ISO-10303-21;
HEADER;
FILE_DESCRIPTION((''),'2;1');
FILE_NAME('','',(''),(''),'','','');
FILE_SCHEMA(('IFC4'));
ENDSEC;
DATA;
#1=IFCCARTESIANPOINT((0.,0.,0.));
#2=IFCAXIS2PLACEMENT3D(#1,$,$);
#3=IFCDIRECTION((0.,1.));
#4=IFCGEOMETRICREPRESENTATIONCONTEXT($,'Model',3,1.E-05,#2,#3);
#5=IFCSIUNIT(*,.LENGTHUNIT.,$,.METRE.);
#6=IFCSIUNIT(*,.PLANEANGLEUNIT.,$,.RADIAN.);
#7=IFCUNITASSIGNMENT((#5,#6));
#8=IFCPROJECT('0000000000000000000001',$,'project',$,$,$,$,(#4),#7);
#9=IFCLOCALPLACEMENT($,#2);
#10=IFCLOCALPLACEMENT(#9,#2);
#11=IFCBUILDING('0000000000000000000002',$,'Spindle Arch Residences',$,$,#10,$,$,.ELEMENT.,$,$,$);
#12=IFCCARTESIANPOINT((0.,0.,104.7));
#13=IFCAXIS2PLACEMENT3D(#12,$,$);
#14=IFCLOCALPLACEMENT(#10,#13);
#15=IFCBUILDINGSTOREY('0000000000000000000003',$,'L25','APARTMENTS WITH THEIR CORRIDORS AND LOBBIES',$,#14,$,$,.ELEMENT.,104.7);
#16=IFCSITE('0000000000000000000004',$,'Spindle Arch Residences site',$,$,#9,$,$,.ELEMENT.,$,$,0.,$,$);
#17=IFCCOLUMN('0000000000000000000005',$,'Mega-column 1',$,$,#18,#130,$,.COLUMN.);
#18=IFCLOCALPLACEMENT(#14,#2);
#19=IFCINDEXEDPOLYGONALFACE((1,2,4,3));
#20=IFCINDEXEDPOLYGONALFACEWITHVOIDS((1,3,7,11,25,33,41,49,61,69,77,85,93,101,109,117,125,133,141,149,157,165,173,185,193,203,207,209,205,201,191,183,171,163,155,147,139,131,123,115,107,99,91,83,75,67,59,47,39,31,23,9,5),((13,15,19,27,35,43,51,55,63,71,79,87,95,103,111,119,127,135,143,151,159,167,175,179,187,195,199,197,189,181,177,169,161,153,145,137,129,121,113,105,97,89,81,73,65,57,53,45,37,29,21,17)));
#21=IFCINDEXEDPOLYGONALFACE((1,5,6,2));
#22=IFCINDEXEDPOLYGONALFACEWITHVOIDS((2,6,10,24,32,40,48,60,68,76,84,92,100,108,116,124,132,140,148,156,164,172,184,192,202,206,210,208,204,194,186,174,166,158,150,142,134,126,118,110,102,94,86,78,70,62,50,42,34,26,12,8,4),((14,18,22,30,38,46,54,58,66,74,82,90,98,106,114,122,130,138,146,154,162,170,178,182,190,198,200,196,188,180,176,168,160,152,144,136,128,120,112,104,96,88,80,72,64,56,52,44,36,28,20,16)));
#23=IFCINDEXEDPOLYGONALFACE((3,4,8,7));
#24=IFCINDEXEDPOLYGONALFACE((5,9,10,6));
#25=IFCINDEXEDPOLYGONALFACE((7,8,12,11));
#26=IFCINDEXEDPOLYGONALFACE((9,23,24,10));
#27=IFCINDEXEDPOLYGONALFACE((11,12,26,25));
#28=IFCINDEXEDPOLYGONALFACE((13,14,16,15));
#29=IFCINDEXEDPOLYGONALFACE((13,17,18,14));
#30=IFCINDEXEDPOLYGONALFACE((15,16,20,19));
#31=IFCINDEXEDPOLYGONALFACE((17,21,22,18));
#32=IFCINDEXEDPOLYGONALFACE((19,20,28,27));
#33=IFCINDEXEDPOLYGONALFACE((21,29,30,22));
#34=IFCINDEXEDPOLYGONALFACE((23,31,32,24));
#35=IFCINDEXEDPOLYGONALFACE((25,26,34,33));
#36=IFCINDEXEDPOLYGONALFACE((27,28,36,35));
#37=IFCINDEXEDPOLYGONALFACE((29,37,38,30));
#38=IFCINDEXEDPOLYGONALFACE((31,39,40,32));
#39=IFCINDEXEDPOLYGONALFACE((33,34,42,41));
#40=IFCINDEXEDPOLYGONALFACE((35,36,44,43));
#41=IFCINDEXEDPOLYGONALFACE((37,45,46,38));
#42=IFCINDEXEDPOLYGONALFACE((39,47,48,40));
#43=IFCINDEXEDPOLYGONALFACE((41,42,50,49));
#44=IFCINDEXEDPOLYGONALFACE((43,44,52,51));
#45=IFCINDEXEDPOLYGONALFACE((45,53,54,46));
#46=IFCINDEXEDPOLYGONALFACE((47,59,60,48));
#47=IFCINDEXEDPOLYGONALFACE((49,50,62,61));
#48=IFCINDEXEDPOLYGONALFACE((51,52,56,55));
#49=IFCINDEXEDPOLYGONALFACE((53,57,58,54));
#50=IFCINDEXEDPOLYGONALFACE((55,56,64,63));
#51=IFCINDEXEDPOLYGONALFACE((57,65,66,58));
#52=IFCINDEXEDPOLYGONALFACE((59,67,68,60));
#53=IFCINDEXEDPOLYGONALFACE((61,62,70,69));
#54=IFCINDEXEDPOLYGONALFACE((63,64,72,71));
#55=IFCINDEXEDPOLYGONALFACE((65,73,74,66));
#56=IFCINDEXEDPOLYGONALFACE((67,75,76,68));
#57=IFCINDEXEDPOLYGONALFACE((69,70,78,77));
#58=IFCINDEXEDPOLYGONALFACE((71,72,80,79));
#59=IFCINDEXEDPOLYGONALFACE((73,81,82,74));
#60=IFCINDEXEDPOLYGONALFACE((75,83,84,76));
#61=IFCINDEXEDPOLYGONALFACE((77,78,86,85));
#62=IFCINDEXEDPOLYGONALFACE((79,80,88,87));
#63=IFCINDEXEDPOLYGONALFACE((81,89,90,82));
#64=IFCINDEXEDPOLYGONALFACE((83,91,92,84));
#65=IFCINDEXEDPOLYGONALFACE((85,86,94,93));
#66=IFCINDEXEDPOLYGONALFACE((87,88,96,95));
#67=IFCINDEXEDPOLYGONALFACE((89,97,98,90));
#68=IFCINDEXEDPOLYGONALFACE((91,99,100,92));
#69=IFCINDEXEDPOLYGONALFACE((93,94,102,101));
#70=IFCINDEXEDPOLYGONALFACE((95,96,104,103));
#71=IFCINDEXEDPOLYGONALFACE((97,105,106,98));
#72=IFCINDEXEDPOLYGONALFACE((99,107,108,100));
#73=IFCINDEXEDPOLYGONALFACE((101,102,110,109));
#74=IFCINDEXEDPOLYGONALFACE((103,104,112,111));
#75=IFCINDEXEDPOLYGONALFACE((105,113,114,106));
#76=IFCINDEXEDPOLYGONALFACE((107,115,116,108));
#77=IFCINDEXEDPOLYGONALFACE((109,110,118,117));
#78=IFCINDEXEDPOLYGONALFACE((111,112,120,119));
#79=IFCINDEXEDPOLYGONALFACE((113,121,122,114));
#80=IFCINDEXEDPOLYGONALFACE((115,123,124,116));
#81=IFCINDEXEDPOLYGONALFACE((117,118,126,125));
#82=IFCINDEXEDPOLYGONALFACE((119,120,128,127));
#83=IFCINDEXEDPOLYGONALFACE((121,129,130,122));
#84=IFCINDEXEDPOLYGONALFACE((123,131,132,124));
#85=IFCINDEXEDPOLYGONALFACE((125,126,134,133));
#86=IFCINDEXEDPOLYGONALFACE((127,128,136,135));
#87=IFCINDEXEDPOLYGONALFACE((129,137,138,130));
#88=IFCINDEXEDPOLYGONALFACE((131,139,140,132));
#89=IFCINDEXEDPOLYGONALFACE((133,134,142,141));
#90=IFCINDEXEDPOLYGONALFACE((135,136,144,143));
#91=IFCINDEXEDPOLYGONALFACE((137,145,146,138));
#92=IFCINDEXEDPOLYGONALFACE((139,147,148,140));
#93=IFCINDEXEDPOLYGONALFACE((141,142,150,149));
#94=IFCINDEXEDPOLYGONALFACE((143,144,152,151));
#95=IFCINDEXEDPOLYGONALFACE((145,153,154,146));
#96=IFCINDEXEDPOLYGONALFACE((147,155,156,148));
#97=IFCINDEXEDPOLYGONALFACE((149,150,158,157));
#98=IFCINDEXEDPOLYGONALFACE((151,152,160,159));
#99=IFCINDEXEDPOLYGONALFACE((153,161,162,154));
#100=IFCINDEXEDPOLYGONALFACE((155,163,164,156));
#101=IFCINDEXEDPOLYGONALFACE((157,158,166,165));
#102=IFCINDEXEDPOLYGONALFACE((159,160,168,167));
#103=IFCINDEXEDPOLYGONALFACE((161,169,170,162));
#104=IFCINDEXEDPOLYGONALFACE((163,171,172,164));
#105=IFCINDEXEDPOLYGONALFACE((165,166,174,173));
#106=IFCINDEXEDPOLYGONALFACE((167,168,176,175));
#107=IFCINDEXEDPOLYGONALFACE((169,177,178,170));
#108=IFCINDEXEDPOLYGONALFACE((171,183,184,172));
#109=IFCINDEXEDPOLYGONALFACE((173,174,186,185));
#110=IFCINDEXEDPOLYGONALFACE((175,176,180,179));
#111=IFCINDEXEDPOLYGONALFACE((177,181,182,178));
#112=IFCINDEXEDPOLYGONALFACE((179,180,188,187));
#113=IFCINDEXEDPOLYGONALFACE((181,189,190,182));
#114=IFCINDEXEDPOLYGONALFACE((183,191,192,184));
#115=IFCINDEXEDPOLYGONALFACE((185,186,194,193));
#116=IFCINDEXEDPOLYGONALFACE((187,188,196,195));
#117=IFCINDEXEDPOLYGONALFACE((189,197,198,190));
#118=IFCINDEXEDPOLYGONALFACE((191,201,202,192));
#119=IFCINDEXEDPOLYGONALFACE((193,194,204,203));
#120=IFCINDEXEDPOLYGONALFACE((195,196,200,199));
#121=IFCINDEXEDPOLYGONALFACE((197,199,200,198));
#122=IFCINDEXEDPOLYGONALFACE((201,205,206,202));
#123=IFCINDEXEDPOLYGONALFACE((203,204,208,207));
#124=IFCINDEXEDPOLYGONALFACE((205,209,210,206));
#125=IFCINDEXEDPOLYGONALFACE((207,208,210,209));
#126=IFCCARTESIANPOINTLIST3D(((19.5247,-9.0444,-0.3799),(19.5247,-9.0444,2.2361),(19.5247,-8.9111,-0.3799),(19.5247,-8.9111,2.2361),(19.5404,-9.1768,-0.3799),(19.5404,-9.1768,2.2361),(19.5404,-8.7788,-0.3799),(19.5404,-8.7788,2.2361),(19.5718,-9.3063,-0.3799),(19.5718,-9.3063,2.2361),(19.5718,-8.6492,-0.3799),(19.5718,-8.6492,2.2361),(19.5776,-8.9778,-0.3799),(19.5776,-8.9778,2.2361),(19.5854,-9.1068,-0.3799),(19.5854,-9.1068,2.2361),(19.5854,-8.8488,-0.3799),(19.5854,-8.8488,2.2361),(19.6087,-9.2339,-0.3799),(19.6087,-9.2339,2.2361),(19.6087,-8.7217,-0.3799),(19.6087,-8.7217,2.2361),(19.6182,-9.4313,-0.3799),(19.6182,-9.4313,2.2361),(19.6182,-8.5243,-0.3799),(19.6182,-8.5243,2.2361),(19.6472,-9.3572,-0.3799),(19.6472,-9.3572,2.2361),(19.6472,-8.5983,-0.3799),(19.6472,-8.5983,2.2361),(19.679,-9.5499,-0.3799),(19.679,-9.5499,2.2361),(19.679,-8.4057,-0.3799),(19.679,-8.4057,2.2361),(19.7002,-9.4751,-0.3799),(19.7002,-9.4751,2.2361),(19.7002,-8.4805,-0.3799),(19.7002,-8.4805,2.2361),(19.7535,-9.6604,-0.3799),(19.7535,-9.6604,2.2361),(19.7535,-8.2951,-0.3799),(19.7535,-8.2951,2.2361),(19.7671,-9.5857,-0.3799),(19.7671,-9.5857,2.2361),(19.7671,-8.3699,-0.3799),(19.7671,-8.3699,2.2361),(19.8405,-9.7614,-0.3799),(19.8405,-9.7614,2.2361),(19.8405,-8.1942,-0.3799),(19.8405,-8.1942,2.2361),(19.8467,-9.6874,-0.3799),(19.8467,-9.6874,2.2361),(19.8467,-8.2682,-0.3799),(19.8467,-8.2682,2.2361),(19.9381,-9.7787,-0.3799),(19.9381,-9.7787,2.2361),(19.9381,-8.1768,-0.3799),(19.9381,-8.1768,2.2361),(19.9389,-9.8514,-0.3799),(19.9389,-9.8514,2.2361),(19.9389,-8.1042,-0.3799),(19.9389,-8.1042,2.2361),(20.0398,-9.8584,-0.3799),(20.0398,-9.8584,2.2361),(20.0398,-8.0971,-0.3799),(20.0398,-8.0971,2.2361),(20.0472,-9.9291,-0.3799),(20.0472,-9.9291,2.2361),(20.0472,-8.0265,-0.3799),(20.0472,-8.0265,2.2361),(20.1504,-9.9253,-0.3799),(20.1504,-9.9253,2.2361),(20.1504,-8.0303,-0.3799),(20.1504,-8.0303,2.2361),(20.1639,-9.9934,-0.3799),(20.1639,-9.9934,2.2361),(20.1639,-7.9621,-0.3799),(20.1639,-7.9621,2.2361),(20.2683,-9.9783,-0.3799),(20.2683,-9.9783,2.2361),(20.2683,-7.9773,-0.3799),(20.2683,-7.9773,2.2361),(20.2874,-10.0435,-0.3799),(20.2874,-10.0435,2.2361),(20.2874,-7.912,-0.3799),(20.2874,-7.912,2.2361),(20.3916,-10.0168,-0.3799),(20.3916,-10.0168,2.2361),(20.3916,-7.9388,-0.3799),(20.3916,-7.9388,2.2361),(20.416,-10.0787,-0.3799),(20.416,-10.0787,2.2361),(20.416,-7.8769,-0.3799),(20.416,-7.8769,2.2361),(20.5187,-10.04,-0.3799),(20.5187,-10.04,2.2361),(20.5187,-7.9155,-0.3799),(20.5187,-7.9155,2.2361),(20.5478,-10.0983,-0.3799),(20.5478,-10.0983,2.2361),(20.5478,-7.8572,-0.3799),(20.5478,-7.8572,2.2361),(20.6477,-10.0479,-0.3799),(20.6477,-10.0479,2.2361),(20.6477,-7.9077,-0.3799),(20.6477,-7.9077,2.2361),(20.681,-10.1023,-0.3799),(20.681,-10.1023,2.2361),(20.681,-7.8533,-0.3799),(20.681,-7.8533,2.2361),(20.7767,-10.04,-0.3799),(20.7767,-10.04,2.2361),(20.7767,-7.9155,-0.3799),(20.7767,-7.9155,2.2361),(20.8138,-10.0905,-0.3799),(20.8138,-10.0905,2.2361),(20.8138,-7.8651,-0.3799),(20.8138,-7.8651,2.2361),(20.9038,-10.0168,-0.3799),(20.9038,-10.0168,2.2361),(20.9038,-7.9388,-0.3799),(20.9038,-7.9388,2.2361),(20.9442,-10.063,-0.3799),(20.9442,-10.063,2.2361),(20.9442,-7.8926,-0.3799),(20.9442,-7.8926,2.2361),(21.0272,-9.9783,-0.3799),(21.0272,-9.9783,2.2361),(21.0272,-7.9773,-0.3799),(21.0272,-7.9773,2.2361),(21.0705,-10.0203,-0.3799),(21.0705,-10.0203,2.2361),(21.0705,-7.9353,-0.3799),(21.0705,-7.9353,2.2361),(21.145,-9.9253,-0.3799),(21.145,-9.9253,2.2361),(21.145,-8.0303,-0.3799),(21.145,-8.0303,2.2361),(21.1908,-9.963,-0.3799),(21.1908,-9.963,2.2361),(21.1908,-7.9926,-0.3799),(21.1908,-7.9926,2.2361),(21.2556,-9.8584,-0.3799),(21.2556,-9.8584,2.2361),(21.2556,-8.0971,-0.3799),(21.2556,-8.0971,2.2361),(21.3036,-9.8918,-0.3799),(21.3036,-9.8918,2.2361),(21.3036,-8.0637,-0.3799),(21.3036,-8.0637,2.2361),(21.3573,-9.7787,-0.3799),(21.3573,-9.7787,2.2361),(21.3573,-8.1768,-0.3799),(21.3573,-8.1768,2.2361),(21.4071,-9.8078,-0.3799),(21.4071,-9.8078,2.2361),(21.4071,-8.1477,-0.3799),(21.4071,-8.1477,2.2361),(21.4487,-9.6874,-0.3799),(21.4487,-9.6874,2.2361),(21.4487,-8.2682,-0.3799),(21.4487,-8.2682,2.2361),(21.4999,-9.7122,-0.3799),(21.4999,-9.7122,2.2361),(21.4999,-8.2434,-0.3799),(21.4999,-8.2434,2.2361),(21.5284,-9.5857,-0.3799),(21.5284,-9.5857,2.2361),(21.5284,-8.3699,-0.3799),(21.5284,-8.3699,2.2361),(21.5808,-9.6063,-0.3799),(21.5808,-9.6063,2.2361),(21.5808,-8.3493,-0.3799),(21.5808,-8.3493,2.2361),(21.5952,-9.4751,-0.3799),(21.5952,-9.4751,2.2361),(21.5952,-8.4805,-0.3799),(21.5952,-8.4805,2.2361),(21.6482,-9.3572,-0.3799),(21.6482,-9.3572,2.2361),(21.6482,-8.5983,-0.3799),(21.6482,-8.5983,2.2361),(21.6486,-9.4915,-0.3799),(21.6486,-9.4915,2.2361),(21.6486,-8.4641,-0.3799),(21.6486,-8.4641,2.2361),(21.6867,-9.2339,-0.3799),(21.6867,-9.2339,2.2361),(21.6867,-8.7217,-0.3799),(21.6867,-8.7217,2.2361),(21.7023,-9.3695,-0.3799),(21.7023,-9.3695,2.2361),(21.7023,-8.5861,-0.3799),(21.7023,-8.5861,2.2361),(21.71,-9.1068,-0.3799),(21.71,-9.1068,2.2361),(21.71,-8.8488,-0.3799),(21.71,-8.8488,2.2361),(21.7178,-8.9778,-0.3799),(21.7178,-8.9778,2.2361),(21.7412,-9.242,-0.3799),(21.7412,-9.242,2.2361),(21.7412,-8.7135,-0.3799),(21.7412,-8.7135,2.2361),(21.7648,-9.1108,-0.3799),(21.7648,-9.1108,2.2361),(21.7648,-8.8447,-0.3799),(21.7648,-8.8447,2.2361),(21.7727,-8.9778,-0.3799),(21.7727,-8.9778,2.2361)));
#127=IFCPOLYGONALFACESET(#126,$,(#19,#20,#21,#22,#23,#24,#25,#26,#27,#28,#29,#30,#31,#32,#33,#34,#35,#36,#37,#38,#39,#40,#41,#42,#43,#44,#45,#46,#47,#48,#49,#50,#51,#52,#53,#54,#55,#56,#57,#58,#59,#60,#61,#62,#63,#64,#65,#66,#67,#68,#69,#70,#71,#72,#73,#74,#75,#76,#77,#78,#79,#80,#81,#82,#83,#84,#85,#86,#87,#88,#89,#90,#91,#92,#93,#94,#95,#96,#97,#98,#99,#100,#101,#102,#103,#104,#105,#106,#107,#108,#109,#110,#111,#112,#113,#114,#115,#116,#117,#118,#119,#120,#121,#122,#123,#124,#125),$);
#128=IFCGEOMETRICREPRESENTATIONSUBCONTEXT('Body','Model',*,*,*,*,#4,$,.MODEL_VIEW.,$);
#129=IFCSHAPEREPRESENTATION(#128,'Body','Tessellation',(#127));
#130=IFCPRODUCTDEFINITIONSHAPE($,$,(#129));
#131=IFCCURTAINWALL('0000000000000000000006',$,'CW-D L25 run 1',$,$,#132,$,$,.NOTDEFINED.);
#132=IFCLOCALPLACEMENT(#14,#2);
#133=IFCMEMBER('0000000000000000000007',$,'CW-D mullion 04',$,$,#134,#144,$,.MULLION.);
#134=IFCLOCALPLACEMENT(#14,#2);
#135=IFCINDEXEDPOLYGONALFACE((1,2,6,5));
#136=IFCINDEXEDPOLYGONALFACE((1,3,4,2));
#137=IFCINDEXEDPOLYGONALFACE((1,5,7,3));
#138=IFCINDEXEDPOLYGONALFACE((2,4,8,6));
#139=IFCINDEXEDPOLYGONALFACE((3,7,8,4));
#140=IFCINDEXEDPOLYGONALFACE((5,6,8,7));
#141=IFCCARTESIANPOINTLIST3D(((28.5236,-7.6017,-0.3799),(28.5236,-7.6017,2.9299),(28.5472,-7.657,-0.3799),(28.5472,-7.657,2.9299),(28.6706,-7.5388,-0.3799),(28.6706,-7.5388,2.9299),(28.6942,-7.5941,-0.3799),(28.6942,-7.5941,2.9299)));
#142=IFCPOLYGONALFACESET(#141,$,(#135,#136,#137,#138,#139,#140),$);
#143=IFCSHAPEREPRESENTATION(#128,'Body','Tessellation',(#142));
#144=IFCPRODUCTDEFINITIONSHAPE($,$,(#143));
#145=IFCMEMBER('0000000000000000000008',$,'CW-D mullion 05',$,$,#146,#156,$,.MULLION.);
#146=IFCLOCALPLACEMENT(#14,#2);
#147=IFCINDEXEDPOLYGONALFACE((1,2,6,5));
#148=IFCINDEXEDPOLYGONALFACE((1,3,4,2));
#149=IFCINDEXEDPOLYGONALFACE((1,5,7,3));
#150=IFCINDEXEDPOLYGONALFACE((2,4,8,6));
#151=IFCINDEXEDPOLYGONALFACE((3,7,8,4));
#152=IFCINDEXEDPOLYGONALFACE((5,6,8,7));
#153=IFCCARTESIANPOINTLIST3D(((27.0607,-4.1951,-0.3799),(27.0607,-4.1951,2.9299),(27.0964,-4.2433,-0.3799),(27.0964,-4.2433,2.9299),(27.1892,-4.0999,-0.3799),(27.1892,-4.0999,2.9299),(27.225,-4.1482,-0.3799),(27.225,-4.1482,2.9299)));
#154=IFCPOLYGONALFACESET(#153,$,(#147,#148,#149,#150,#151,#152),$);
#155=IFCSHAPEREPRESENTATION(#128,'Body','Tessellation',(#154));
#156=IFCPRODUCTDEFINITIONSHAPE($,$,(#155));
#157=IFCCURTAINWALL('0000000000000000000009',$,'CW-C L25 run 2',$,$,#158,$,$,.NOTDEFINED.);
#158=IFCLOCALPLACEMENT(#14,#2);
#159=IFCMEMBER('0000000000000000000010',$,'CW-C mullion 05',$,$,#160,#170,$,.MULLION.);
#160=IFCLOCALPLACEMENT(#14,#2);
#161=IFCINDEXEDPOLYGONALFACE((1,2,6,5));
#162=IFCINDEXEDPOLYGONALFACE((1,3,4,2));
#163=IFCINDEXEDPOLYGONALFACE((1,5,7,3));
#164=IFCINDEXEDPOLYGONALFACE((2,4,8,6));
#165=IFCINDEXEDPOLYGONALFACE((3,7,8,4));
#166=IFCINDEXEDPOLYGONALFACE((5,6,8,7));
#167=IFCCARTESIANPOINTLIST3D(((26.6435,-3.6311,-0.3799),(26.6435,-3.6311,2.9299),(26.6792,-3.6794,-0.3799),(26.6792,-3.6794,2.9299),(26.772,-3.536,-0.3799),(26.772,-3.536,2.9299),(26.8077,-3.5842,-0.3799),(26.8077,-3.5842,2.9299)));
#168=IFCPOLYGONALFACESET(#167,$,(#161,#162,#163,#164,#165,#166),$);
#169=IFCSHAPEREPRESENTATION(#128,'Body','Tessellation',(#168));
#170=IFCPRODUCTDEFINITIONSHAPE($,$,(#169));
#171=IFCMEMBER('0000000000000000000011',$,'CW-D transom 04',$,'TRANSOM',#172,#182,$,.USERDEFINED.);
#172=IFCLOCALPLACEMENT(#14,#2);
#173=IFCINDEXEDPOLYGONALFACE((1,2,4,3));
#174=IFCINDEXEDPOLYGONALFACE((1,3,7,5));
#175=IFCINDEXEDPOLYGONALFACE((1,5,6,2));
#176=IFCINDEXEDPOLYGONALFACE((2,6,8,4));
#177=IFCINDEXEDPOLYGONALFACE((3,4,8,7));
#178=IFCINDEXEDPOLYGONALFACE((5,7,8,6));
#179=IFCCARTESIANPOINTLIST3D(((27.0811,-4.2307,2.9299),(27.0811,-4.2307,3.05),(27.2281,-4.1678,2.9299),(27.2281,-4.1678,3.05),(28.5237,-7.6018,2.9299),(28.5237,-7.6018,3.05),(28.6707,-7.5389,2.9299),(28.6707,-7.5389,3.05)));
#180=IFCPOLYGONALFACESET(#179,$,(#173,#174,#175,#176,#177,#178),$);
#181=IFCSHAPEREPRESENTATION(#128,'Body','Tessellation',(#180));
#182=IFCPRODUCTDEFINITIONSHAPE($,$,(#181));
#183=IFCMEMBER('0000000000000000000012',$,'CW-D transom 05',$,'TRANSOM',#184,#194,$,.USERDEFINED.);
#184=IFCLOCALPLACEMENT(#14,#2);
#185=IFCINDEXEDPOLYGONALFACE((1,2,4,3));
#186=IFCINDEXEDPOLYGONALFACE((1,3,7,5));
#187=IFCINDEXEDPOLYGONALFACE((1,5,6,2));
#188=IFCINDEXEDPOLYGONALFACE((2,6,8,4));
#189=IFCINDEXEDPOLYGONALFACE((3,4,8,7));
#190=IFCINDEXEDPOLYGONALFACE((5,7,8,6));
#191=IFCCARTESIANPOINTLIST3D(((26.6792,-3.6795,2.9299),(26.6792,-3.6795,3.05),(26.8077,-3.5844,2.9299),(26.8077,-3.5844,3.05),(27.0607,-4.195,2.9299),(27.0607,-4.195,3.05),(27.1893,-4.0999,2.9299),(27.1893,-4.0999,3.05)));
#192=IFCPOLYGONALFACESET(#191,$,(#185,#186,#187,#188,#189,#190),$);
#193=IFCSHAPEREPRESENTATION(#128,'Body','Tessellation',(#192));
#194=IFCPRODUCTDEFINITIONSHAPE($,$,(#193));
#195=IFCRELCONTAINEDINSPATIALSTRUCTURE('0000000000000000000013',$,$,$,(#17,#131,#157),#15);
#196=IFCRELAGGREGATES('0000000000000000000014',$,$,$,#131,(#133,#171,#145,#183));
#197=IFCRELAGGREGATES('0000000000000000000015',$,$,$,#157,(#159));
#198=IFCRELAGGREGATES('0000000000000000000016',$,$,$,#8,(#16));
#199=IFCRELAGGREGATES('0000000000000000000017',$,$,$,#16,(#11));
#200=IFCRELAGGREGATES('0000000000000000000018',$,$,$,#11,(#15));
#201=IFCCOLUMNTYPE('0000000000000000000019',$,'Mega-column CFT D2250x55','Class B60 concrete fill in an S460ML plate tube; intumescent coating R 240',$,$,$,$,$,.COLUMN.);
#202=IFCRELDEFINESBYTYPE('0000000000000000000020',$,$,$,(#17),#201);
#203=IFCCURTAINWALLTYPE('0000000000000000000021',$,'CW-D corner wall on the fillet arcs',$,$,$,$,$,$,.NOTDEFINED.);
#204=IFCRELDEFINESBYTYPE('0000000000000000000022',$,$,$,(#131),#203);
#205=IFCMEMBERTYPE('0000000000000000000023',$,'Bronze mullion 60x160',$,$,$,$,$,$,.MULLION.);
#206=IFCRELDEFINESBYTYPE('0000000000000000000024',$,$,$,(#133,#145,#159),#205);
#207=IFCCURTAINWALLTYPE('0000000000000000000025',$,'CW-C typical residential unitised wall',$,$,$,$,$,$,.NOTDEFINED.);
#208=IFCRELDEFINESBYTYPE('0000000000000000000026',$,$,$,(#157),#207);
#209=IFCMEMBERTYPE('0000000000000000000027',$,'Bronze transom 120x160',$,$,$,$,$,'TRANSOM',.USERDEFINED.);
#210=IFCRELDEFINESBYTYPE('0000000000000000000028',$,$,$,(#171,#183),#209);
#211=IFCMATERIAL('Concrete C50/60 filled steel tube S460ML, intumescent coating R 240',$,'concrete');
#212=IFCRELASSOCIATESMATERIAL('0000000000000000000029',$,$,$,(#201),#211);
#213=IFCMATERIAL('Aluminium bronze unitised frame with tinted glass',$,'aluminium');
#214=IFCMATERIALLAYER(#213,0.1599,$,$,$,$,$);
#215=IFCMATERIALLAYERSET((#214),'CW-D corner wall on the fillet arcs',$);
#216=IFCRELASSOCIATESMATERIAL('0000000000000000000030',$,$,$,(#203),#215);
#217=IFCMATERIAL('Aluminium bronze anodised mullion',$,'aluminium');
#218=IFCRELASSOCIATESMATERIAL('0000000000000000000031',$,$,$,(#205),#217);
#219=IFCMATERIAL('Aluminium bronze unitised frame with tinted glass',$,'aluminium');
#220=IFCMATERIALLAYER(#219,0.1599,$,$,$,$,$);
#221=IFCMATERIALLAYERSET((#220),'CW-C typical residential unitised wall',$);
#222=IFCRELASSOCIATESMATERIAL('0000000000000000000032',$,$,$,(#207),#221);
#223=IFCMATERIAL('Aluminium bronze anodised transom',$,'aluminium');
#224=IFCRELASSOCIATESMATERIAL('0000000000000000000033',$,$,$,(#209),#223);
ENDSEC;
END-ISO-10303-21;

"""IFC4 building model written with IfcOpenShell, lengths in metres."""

from ifc_helpers import new_model, si_unit, direction, frame, origin, origin_2d, place, context, subcontext, project, spatial, rectangle, hollow_circle, extrude, material, layer, layer_set, material_profile, profile_set, type_object, element, aggregate, save


model = new_model("IFC4")

# Units and contexts
model_context = context("Model", 3, precision=1e-05, world=origin(), true_north=direction((0.0, 1.0)))
body_context = subcontext(model_context, "Body", "Model", "MODEL_VIEW")
ifc_project = project(units=[si_unit("LENGTHUNIT", "METRE"), si_unit("PLANEANGLEUNIT", "RADIAN")], contexts=[model_context])

# Site, building, storey
site_placement = place(None, origin())
site = spatial("IfcSite", under=ifc_project, at=site_placement, Name="Spindle Arch Residences site", CompositionType="ELEMENT", RefElevation=0.0)
building_placement = place(site_placement, origin())
building = spatial("IfcBuilding", under=site, at=building_placement, Name="Spindle Arch Residences", CompositionType="ELEMENT")
storey_placement = place(building_placement, frame((0.0, 0.0, 104.7)))
storey = spatial("IfcBuildingStorey", under=building, at=storey_placement, Name="L25", Description="APARTMENTS WITH THEIR CORRIDORS AND LOBBIES", CompositionType="ELEMENT", Elevation=104.7)

# Column
ifc_material_1 = material(Name="Concrete C50/60 filled steel tube S460ML, intumescent coating R 240", Category="concrete")
ifc_material_profile_1 = material_profile(ifc_material_1, hollow_circle(Radius=1.125, WallThickness=0.0549, at=origin_2d()), Name="CFT D2250x55")
ifc_profile_set_1 = profile_set([ifc_material_profile_1], Name="Concrete C50/60 filled steel tube S460ML, intumescent coating R 240")
column_type_1 = type_object("IfcColumnType", Name="Mega-column CFT D2250x55", Description="Class B60 concrete fill in an S460ML plate tube; intumescent coating R 240", PredefinedType="COLUMN", material=ifc_profile_set_1)
column_placement = place(storey_placement, frame((20.6477, -8.9778, -0.3799), z_axis=(0.0, 0.0, 1.0), x_axis=(1.0, 0.0, 0.0)))
element("IfcColumn", 1, at=column_placement, inside=storey, type_object=column_type_1, Name="Mega-column 1", PredefinedType="COLUMN", context=body_context, shape_type="SweptSolid", body=[
    extrude(hollow_circle(Radius=1.125, WallThickness=0.0549, at=origin_2d()), origin(), (0.0, 0.0, 1.0), 2.616),
])

# Curtain wall, members
ifc_material_2 = material(Name="Aluminium bronze unitised frame with tinted glass", Category="aluminium")
ifc_layer_1 = layer(ifc_material_2, 0.1599)
ifc_layer_set_1 = layer_set([ifc_layer_1], Name="CW-D corner wall on the fillet arcs")
curtain_wall_type_1 = type_object("IfcCurtainWallType", Name="CW-D corner wall on the fillet arcs", PredefinedType="NOTDEFINED", material=ifc_layer_set_1)
curtain_wall_1_placement = place(storey_placement, origin())
curtain_wall_1 = element("IfcCurtainWall", 2, at=curtain_wall_1_placement, inside=storey, type_object=curtain_wall_type_1, Name="CW-D L25 run 1", PredefinedType="NOTDEFINED")
ifc_material_3 = material(Name="Aluminium bronze anodised mullion", Category="aluminium")
ifc_material_profile_2 = material_profile(ifc_material_3, rectangle(XDim=0.1599, YDim=0.0601, at=origin_2d()), Name="MU 60x160")
ifc_profile_set_2 = profile_set([ifc_material_profile_2], Name="Aluminium bronze anodised mullion")
member_type_1 = type_object("IfcMemberType", Name="Bronze mullion 60x160", PredefinedType="MULLION", material=ifc_profile_set_2)
member_1_placement = place(storey_placement, frame((28.6089, -7.5979, -0.3799), z_axis=(0.0, 0.0, 1.0), x_axis=(-0.919364, -0.393407, 0.0)))
member_1 = element("IfcMember", 3, at=member_1_placement, type_object=member_type_1, Name="CW-D mullion 04", PredefinedType="MULLION", context=body_context, shape_type="SweptSolid", body=[
    extrude(rectangle(XDim=0.1599, YDim=0.0601, at=origin_2d()), origin(), (0.0, 0.0, 1.0), 3.3098),
])
member_2_placement = place(storey_placement, frame((27.1428, -4.1716, -0.3799), z_axis=(0.0, 0.0, 1.0), x_axis=(-0.803857, -0.594823, 0.0)))
member_2 = element("IfcMember", 4, at=member_2_placement, type_object=member_type_1, Name="CW-D mullion 05", PredefinedType="MULLION", context=body_context, shape_type="SweptSolid", body=[
    extrude(rectangle(XDim=0.1599, YDim=0.0601, at=origin_2d()), origin(), (0.0, 0.0, 1.0), 3.3098),
])

# Curtain wall, member
ifc_material_4 = material(Name="Aluminium bronze unitised frame with tinted glass", Category="aluminium")
ifc_layer_2 = layer(ifc_material_4, 0.1599)
ifc_layer_set_2 = layer_set([ifc_layer_2], Name="CW-C typical residential unitised wall")
curtain_wall_type_2 = type_object("IfcCurtainWallType", Name="CW-C typical residential unitised wall", PredefinedType="NOTDEFINED", material=ifc_layer_set_2)
curtain_wall_2_placement = place(storey_placement, origin())
curtain_wall_2 = element("IfcCurtainWall", 5, at=curtain_wall_2_placement, inside=storey, type_object=curtain_wall_type_2, Name="CW-C L25 run 2", PredefinedType="NOTDEFINED")
member_3_placement = place(storey_placement, frame((26.7256, -3.6077, -0.3799), z_axis=(0.0, 0.0, 1.0), x_axis=(-0.803857, -0.594823, 0.0)))
member_3 = element("IfcMember", 6, at=member_3_placement, type_object=member_type_1, Name="CW-C mullion 05", PredefinedType="MULLION", context=body_context, shape_type="SweptSolid", body=[
    extrude(rectangle(XDim=0.1599, YDim=0.0601, at=origin_2d()), origin(), (0.0, 0.0, 1.0), 3.3098),
])

# Members
ifc_material_5 = material(Name="Aluminium bronze anodised transom", Category="aluminium")
ifc_material_profile_3 = material_profile(ifc_material_5, rectangle(XDim=0.1599, YDim=0.1201, at=origin_2d()), Name="TR 120x160")
ifc_profile_set_3 = profile_set([ifc_material_profile_3], Name="Aluminium bronze anodised transom")
member_type_2 = type_object("IfcMemberType", Name="Bronze transom 120x160", ElementType="TRANSOM", PredefinedType="USERDEFINED", material=ifc_profile_set_3)
member_4_placement = place(storey_placement, frame((28.5972, -7.5703, 2.99), z_axis=(-0.393429, 0.919355, 0.0), x_axis=(-0.919355, -0.393429, 0.0)))
member_4 = element("IfcMember", 7, at=member_4_placement, type_object=member_type_2, Name="CW-D transom 04", ObjectType="TRANSOM", PredefinedType="USERDEFINED", context=body_context, shape_type="SweptSolid", body=[
    extrude(rectangle(XDim=0.1599, YDim=0.1201, at=origin_2d()), origin(), (0.0, 0.0, 1.0), 3.6667),
])
member_5_placement = place(storey_placement, frame((27.125, -4.1475, 2.99), z_axis=(-0.594873, 0.80382, 0.0), x_axis=(-0.80382, -0.594873, 0.0)))
member_5 = element("IfcMember", 8, at=member_5_placement, type_object=member_type_2, Name="CW-D transom 05", ObjectType="TRANSOM", PredefinedType="USERDEFINED", context=body_context, shape_type="SweptSolid", body=[
    extrude(rectangle(XDim=0.1599, YDim=0.1201, at=origin_2d()), origin(), (0.0, 0.0, 1.0), 0.6414),
])

aggregate(curtain_wall_1, [member_1, member_4, member_2, member_5])
aggregate(curtain_wall_2, [member_3])

save(model, "model.ifc")
